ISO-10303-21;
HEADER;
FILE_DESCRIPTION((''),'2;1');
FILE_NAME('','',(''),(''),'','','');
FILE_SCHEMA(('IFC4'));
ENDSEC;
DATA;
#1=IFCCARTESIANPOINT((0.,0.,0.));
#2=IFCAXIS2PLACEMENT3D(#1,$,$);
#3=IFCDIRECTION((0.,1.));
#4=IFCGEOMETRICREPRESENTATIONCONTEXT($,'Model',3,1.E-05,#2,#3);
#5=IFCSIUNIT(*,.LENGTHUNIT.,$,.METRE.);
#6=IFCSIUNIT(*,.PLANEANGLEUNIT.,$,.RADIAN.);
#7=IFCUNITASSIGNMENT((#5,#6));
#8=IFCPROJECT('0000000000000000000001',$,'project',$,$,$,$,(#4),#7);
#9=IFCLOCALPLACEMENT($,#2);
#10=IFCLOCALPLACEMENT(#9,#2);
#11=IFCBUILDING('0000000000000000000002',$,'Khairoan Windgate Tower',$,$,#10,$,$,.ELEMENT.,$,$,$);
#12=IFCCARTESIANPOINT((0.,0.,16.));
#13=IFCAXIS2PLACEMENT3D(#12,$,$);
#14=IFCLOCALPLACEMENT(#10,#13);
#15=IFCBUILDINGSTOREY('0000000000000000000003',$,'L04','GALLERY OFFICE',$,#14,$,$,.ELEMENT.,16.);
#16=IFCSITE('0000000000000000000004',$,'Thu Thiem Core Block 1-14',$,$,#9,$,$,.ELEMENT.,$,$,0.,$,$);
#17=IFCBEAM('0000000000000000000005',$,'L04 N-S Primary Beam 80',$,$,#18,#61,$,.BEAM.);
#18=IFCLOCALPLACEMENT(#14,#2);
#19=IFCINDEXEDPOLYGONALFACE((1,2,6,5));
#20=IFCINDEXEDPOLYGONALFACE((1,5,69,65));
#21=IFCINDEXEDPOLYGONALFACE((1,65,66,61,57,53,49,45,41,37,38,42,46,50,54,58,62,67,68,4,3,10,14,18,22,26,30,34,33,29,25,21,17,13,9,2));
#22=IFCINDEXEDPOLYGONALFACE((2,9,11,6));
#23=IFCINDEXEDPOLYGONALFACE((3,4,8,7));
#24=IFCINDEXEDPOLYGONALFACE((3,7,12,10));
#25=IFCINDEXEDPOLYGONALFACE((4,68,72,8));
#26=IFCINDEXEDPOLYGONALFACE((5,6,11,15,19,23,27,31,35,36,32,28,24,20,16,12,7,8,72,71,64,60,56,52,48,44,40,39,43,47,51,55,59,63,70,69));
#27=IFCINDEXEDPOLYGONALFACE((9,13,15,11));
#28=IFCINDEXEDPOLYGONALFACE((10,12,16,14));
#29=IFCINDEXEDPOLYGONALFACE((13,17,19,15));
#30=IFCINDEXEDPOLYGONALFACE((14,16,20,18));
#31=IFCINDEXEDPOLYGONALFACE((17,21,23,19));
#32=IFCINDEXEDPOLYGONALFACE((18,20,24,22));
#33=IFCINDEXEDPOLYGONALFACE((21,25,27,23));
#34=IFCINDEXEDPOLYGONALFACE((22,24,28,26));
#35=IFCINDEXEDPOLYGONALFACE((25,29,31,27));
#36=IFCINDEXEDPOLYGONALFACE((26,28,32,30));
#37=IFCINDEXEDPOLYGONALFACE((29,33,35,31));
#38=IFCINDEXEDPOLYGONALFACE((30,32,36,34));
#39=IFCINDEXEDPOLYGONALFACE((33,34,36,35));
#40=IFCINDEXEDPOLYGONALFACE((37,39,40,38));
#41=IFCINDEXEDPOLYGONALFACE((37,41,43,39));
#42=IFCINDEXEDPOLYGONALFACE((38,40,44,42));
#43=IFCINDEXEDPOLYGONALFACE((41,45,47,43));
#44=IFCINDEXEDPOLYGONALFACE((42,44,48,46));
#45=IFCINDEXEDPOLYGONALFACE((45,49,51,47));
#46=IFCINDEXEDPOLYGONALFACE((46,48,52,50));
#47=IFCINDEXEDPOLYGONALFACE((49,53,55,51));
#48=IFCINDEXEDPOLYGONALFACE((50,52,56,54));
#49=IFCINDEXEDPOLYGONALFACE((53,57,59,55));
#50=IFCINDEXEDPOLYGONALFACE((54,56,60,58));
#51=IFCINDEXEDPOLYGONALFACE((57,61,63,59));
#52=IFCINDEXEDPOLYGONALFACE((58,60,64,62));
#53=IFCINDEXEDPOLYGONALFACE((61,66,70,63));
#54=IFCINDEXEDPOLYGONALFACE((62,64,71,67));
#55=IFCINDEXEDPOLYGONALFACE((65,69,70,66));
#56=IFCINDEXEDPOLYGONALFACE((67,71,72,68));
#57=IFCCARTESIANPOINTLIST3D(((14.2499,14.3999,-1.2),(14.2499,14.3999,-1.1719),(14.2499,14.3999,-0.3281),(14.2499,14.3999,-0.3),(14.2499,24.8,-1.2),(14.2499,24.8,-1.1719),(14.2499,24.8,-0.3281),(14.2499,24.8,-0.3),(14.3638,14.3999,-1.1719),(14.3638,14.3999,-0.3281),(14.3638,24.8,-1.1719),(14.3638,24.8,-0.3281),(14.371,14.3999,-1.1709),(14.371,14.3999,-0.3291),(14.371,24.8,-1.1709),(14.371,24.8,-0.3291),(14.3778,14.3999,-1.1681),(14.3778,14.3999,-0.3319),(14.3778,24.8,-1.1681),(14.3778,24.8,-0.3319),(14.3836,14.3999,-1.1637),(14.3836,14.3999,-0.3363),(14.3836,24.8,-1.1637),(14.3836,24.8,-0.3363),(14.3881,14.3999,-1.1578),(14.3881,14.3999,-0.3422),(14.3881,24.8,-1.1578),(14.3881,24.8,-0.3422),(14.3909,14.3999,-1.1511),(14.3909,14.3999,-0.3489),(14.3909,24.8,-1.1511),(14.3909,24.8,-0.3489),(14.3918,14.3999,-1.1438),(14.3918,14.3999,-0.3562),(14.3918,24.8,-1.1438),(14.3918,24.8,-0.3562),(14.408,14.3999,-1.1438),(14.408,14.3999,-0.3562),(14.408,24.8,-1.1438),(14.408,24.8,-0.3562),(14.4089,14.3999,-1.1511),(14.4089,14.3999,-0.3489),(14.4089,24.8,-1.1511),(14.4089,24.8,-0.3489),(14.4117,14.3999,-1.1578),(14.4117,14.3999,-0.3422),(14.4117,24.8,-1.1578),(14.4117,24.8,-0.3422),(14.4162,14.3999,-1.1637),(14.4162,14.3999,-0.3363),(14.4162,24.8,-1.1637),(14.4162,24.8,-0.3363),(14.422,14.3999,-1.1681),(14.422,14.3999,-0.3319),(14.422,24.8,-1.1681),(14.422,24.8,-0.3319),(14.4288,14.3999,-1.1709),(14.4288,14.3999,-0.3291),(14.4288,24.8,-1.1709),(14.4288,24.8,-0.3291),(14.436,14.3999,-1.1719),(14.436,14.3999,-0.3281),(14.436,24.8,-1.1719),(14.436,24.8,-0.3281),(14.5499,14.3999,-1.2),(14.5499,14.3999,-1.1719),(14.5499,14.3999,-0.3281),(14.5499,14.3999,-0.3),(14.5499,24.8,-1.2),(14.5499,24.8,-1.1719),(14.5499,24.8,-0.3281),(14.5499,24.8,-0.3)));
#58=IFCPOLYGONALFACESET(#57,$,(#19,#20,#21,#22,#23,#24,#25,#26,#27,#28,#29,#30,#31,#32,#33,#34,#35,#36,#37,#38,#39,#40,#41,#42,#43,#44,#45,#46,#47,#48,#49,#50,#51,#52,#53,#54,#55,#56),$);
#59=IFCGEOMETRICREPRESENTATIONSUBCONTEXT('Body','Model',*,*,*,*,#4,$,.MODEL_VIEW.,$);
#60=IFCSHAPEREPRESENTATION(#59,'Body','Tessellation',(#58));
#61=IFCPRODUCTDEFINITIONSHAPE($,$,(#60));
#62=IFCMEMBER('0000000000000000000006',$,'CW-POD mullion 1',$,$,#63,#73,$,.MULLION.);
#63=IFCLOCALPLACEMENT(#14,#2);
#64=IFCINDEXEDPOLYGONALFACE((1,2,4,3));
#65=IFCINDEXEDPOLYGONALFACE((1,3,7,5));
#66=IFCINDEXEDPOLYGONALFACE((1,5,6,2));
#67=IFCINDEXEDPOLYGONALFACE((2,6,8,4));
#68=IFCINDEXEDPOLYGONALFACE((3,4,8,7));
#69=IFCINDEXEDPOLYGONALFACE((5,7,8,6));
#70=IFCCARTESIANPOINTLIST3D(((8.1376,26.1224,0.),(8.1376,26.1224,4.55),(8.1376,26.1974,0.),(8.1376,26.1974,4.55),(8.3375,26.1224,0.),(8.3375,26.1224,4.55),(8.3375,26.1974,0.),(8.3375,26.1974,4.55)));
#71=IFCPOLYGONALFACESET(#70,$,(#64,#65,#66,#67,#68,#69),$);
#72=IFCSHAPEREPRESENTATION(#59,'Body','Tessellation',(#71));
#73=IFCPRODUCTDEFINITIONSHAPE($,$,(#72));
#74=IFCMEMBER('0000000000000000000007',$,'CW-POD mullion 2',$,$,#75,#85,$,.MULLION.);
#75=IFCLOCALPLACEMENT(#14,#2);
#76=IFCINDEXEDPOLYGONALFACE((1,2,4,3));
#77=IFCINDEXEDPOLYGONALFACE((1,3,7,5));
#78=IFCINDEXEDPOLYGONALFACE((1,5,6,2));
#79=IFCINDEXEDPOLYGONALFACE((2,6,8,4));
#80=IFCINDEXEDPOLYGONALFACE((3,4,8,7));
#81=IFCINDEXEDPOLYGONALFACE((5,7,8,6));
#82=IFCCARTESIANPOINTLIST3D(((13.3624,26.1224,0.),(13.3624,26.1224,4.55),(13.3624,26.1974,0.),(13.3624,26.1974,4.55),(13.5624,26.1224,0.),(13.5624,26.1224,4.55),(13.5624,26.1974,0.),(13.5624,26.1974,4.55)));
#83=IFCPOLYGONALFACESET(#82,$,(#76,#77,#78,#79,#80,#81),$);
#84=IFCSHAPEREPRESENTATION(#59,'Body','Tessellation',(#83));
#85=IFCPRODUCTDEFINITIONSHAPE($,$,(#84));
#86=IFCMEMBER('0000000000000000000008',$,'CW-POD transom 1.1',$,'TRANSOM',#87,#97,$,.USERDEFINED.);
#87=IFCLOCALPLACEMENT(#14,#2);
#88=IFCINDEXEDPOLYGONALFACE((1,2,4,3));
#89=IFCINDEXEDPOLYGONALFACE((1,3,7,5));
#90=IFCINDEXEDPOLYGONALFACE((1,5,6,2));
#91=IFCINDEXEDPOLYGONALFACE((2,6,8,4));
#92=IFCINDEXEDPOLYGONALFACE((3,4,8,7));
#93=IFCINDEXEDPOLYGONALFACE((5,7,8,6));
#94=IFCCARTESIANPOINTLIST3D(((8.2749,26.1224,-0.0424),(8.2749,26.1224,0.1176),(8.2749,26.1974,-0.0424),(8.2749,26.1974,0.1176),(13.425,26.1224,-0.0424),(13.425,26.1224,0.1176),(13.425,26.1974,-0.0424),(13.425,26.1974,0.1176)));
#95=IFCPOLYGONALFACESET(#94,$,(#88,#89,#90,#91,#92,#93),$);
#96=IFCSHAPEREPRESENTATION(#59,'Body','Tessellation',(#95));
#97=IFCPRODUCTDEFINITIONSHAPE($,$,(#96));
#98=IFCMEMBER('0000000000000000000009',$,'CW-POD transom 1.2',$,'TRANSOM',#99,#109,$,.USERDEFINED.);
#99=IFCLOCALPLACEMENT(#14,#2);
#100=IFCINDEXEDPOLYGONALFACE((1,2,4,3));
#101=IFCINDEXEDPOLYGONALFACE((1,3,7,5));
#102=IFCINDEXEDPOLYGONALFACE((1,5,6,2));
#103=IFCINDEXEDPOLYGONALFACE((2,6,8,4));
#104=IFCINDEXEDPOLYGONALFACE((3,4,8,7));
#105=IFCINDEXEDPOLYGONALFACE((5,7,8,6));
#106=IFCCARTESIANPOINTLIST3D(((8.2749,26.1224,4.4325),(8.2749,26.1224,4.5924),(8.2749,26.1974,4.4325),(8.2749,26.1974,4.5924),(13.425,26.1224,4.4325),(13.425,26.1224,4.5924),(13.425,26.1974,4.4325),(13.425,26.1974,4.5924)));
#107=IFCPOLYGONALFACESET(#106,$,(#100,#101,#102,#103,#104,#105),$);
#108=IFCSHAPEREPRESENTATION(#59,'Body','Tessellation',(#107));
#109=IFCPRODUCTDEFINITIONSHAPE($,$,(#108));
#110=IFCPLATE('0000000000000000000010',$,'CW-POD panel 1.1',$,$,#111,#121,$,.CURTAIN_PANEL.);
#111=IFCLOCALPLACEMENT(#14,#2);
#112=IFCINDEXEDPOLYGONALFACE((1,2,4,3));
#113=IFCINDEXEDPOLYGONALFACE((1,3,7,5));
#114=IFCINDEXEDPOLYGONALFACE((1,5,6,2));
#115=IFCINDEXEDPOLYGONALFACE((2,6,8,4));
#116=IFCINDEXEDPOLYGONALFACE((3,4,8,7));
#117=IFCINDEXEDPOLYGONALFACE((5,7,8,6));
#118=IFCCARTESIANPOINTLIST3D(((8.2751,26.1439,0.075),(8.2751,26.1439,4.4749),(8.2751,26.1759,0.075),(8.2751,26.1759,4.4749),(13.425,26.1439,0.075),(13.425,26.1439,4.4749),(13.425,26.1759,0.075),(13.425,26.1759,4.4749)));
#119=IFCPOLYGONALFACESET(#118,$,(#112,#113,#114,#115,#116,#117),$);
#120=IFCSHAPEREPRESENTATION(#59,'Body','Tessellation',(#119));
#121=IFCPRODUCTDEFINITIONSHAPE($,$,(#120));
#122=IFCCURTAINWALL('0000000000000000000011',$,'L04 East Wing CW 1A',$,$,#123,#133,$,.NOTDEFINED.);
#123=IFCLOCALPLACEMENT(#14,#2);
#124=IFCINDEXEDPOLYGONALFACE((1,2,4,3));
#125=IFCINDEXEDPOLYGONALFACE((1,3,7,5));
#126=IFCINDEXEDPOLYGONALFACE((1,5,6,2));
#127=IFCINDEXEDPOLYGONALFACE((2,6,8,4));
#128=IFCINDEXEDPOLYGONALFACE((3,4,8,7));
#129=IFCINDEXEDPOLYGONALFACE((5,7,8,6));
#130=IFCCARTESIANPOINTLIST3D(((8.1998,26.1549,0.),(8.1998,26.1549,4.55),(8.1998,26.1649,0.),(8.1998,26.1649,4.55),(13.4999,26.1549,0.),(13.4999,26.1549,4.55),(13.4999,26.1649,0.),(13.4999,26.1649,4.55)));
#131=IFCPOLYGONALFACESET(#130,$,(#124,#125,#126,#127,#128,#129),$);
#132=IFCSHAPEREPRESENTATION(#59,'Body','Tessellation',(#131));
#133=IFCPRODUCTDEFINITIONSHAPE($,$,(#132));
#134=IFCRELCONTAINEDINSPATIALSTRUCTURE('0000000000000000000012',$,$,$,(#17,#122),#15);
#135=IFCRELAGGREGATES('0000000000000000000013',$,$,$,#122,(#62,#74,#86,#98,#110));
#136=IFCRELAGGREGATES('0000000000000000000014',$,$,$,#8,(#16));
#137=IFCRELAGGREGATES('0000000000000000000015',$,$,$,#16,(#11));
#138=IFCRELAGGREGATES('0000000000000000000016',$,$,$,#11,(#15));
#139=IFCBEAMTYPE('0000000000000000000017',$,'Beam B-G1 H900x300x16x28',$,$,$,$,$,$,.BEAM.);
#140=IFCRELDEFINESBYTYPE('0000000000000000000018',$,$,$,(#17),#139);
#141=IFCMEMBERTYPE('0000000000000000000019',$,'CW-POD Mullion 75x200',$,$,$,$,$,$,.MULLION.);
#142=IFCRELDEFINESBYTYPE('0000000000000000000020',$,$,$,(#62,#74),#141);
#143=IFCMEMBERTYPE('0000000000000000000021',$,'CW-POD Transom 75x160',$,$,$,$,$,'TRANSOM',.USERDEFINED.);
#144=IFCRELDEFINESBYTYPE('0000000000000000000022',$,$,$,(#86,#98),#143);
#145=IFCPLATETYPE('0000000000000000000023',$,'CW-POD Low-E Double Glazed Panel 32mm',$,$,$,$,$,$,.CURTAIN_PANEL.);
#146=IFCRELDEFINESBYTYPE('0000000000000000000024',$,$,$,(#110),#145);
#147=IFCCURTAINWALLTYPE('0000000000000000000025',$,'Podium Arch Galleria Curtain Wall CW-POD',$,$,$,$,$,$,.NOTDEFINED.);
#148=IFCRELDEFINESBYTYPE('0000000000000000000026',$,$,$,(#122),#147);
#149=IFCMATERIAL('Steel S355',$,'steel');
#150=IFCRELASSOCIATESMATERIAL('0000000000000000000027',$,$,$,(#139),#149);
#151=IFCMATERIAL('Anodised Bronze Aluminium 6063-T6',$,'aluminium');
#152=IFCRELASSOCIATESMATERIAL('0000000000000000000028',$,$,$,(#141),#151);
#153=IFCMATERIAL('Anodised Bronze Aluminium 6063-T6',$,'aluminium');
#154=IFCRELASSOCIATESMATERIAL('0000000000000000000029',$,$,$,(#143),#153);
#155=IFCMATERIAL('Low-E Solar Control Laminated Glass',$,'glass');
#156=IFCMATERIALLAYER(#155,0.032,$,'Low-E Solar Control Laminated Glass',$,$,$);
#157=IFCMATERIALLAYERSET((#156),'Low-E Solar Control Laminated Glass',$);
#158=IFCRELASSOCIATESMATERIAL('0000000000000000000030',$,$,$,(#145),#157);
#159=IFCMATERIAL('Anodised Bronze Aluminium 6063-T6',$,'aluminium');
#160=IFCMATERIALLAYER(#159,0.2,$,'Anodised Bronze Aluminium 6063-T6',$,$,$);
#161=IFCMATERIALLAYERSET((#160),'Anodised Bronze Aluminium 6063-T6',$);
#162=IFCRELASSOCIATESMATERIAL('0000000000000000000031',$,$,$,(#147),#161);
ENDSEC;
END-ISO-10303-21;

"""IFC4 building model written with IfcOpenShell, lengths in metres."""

from ifc_helpers import new_model, si_unit, direction, frame, frame_2d, origin, origin_2d, place, context, subcontext, project, spatial, rectangle, i_section, extrude, material, layer, layer_set, material_profile, profile_set, type_object, element, aggregate, save


model = new_model("IFC4")

# Units and contexts
model_context = context("Model", 3, precision=1e-05, world=origin(), true_north=direction((0.0, 1.0)))
body_context = subcontext(model_context, "Body", "Model", "MODEL_VIEW")
ifc_project = project(units=[si_unit("LENGTHUNIT", "METRE"), si_unit("PLANEANGLEUNIT", "RADIAN")], contexts=[model_context])

# Site, building, storey
site_placement = place(None, origin())
site = spatial("IfcSite", under=ifc_project, at=site_placement, Name="Thu Thiem Core Block 1-14", CompositionType="ELEMENT", RefElevation=0.0)
building_placement = place(site_placement, origin())
building = spatial("IfcBuilding", under=site, at=building_placement, Name="Khairoan Windgate Tower", CompositionType="ELEMENT")
storey_placement = place(building_placement, frame((0.0, 0.0, 16.0)))
storey = spatial("IfcBuildingStorey", under=building, at=storey_placement, Name="L04", Description="GALLERY OFFICE", CompositionType="ELEMENT", Elevation=16.0)

# Beam
ifc_material_1 = material(Name="Steel S355", Category="steel")
ifc_material_profile_1 = material_profile(ifc_material_1, i_section(OverallWidth=0.3, OverallDepth=0.8999, WebThickness=0.0161, FlangeThickness=0.0281, FilletRadius=0.0281, at=origin_2d()))
ifc_profile_set_1 = profile_set([ifc_material_profile_1], Name="Steel S355")
beam_type = type_object("IfcBeamType", Name="Beam B-G1 H900x300x16x28", PredefinedType="BEAM", material=ifc_profile_set_1)
beam_1_placement = place(storey_placement, frame((14.3999, 14.3999, -0.75), z_axis=(0.0, 1.0, 0.0), x_axis=(-1.0, 0.0, 0.0)))
element("IfcBeam", 1, at=beam_1_placement, inside=storey, type_object=beam_type, Name="L04 N-S Primary Beam 80", PredefinedType="BEAM", context=body_context, shape_type="SweptSolid", body=[
    extrude(i_section(OverallWidth=0.3, OverallDepth=0.8999, WebThickness=0.0161, FlangeThickness=0.0281, FilletRadius=0.0281, at=origin_2d()), origin(), (0.0, 0.0, 1.0), 10.4001),
])

# Members
ifc_material_2 = material(Name="Anodised Bronze Aluminium 6063-T6", Category="aluminium")
ifc_material_profile_2 = material_profile(ifc_material_2, rectangle(XDim=0.075, YDim=0.2, at=origin_2d()))
ifc_profile_set_2 = profile_set([ifc_material_profile_2], Name="Anodised Bronze Aluminium 6063-T6")
member_type_1 = type_object("IfcMemberType", Name="CW-POD Mullion 75x200", PredefinedType="MULLION", material=ifc_profile_set_2)
member_1_placement = place(storey_placement, frame((8.2375, 26.1599, 0.0), z_axis=(0.0, 0.0, 1.0), x_axis=(0.0, 1.0, 0.0)))
member_1 = element("IfcMember", 2, at=member_1_placement, type_object=member_type_1, Name="CW-POD mullion 1", PredefinedType="MULLION", context=body_context, shape_type="SweptSolid", body=[
    extrude(rectangle(XDim=0.075, YDim=0.2, at=origin_2d()), origin(), (0.0, 0.0, 1.0), 4.55),
])
member_2_placement = place(storey_placement, frame((13.4624, 26.1599, 0.0), z_axis=(0.0, 0.0, 1.0), x_axis=(0.0, 1.0, 0.0)))
member_2 = element("IfcMember", 3, at=member_2_placement, type_object=member_type_1, Name="CW-POD mullion 2", PredefinedType="MULLION", context=body_context, shape_type="SweptSolid", body=[
    extrude(rectangle(XDim=0.075, YDim=0.2, at=origin_2d()), origin(), (0.0, 0.0, 1.0), 4.55),
])
ifc_material_3 = material(Name="Anodised Bronze Aluminium 6063-T6", Category="aluminium")
ifc_material_profile_3 = material_profile(ifc_material_3, rectangle(XDim=0.075, YDim=0.1599, at=origin_2d()))
ifc_profile_set_3 = profile_set([ifc_material_profile_3], Name="Anodised Bronze Aluminium 6063-T6")
member_type_2 = type_object("IfcMemberType", Name="CW-POD Transom 75x160", ElementType="TRANSOM", PredefinedType="USERDEFINED", material=ifc_profile_set_3)
member_3_placement = place(storey_placement, frame((8.2749, 26.1599, 0.0376), z_axis=(1.0, 0.0, 0.0), x_axis=(0.0, 1.0, 0.0)))
member_3 = element("IfcMember", 4, at=member_3_placement, type_object=member_type_2, Name="CW-POD transom 1.1", ObjectType="TRANSOM", PredefinedType="USERDEFINED", context=body_context, shape_type="SweptSolid", body=[
    extrude(rectangle(XDim=0.075, YDim=0.1599, at=origin_2d()), origin(), (0.0, 0.0, 1.0), 5.1501),
])
member_4_placement = place(storey_placement, frame((8.2749, 26.1599, 4.5125), z_axis=(1.0, 0.0, 0.0), x_axis=(0.0, 1.0, 0.0)))
member_4 = element("IfcMember", 5, at=member_4_placement, type_object=member_type_2, Name="CW-POD transom 1.2", ObjectType="TRANSOM", PredefinedType="USERDEFINED", context=body_context, shape_type="SweptSolid", body=[
    extrude(rectangle(XDim=0.075, YDim=0.1599, at=origin_2d()), origin(), (0.0, 0.0, 1.0), 5.1501),
])

# Plate
ifc_material_4 = material(Name="Low-E Solar Control Laminated Glass", Category="glass")
ifc_layer_1 = layer(ifc_material_4, 0.032, Name="Low-E Solar Control Laminated Glass")
ifc_layer_set_1 = layer_set([ifc_layer_1], Name="Low-E Solar Control Laminated Glass")
plate_type_1 = type_object("IfcPlateType", Name="CW-POD Low-E Double Glazed Panel 32mm", PredefinedType="CURTAIN_PANEL", material=ifc_layer_set_1)
plate_1_placement = place(storey_placement, frame((10.8501, 26.1599, 0.075), z_axis=(0.0, 0.0, 1.0), x_axis=(1.0, 0.0, 0.0)))
plate_1 = element("IfcPlate", 6, at=plate_1_placement, type_object=plate_type_1, Name="CW-POD panel 1.1", PredefinedType="CURTAIN_PANEL", context=body_context, shape_type="SweptSolid", body=[
    extrude(rectangle(XDim=5.1499, YDim=0.032, at=origin_2d()), origin(), (0.0, 0.0, 1.0), 4.3999),
])

# Curtain wall
ifc_material_5 = material(Name="Anodised Bronze Aluminium 6063-T6", Category="aluminium")
ifc_layer_2 = layer(ifc_material_5, 0.2, Name="Anodised Bronze Aluminium 6063-T6")
ifc_layer_set_2 = layer_set([ifc_layer_2], Name="Anodised Bronze Aluminium 6063-T6")
curtain_wall_type = type_object("IfcCurtainWallType", Name="Podium Arch Galleria Curtain Wall CW-POD", PredefinedType="NOTDEFINED", material=ifc_layer_set_2)
curtain_wall_1_placement = place(storey_placement, frame((8.2, 26.1599, 0.0), z_axis=(0.0, 0.0, 1.0), x_axis=(1.0, 0.0, 0.0)))
curtain_wall_1 = element("IfcCurtainWall", 7, at=curtain_wall_1_placement, inside=storey, type_object=curtain_wall_type, Name="L04 East Wing CW 1A", PredefinedType="NOTDEFINED", context=body_context, shape_type="SweptSolid", body=[
    extrude(rectangle(XDim=5.3, YDim=0.01, at=frame_2d((2.6499, 0.0))), origin(), (0.0, 0.0, 1.0), 4.55),
])
aggregate(curtain_wall_1, [member_1, member_2, member_3, member_4, plate_1])

save(model, "model.ifc")
